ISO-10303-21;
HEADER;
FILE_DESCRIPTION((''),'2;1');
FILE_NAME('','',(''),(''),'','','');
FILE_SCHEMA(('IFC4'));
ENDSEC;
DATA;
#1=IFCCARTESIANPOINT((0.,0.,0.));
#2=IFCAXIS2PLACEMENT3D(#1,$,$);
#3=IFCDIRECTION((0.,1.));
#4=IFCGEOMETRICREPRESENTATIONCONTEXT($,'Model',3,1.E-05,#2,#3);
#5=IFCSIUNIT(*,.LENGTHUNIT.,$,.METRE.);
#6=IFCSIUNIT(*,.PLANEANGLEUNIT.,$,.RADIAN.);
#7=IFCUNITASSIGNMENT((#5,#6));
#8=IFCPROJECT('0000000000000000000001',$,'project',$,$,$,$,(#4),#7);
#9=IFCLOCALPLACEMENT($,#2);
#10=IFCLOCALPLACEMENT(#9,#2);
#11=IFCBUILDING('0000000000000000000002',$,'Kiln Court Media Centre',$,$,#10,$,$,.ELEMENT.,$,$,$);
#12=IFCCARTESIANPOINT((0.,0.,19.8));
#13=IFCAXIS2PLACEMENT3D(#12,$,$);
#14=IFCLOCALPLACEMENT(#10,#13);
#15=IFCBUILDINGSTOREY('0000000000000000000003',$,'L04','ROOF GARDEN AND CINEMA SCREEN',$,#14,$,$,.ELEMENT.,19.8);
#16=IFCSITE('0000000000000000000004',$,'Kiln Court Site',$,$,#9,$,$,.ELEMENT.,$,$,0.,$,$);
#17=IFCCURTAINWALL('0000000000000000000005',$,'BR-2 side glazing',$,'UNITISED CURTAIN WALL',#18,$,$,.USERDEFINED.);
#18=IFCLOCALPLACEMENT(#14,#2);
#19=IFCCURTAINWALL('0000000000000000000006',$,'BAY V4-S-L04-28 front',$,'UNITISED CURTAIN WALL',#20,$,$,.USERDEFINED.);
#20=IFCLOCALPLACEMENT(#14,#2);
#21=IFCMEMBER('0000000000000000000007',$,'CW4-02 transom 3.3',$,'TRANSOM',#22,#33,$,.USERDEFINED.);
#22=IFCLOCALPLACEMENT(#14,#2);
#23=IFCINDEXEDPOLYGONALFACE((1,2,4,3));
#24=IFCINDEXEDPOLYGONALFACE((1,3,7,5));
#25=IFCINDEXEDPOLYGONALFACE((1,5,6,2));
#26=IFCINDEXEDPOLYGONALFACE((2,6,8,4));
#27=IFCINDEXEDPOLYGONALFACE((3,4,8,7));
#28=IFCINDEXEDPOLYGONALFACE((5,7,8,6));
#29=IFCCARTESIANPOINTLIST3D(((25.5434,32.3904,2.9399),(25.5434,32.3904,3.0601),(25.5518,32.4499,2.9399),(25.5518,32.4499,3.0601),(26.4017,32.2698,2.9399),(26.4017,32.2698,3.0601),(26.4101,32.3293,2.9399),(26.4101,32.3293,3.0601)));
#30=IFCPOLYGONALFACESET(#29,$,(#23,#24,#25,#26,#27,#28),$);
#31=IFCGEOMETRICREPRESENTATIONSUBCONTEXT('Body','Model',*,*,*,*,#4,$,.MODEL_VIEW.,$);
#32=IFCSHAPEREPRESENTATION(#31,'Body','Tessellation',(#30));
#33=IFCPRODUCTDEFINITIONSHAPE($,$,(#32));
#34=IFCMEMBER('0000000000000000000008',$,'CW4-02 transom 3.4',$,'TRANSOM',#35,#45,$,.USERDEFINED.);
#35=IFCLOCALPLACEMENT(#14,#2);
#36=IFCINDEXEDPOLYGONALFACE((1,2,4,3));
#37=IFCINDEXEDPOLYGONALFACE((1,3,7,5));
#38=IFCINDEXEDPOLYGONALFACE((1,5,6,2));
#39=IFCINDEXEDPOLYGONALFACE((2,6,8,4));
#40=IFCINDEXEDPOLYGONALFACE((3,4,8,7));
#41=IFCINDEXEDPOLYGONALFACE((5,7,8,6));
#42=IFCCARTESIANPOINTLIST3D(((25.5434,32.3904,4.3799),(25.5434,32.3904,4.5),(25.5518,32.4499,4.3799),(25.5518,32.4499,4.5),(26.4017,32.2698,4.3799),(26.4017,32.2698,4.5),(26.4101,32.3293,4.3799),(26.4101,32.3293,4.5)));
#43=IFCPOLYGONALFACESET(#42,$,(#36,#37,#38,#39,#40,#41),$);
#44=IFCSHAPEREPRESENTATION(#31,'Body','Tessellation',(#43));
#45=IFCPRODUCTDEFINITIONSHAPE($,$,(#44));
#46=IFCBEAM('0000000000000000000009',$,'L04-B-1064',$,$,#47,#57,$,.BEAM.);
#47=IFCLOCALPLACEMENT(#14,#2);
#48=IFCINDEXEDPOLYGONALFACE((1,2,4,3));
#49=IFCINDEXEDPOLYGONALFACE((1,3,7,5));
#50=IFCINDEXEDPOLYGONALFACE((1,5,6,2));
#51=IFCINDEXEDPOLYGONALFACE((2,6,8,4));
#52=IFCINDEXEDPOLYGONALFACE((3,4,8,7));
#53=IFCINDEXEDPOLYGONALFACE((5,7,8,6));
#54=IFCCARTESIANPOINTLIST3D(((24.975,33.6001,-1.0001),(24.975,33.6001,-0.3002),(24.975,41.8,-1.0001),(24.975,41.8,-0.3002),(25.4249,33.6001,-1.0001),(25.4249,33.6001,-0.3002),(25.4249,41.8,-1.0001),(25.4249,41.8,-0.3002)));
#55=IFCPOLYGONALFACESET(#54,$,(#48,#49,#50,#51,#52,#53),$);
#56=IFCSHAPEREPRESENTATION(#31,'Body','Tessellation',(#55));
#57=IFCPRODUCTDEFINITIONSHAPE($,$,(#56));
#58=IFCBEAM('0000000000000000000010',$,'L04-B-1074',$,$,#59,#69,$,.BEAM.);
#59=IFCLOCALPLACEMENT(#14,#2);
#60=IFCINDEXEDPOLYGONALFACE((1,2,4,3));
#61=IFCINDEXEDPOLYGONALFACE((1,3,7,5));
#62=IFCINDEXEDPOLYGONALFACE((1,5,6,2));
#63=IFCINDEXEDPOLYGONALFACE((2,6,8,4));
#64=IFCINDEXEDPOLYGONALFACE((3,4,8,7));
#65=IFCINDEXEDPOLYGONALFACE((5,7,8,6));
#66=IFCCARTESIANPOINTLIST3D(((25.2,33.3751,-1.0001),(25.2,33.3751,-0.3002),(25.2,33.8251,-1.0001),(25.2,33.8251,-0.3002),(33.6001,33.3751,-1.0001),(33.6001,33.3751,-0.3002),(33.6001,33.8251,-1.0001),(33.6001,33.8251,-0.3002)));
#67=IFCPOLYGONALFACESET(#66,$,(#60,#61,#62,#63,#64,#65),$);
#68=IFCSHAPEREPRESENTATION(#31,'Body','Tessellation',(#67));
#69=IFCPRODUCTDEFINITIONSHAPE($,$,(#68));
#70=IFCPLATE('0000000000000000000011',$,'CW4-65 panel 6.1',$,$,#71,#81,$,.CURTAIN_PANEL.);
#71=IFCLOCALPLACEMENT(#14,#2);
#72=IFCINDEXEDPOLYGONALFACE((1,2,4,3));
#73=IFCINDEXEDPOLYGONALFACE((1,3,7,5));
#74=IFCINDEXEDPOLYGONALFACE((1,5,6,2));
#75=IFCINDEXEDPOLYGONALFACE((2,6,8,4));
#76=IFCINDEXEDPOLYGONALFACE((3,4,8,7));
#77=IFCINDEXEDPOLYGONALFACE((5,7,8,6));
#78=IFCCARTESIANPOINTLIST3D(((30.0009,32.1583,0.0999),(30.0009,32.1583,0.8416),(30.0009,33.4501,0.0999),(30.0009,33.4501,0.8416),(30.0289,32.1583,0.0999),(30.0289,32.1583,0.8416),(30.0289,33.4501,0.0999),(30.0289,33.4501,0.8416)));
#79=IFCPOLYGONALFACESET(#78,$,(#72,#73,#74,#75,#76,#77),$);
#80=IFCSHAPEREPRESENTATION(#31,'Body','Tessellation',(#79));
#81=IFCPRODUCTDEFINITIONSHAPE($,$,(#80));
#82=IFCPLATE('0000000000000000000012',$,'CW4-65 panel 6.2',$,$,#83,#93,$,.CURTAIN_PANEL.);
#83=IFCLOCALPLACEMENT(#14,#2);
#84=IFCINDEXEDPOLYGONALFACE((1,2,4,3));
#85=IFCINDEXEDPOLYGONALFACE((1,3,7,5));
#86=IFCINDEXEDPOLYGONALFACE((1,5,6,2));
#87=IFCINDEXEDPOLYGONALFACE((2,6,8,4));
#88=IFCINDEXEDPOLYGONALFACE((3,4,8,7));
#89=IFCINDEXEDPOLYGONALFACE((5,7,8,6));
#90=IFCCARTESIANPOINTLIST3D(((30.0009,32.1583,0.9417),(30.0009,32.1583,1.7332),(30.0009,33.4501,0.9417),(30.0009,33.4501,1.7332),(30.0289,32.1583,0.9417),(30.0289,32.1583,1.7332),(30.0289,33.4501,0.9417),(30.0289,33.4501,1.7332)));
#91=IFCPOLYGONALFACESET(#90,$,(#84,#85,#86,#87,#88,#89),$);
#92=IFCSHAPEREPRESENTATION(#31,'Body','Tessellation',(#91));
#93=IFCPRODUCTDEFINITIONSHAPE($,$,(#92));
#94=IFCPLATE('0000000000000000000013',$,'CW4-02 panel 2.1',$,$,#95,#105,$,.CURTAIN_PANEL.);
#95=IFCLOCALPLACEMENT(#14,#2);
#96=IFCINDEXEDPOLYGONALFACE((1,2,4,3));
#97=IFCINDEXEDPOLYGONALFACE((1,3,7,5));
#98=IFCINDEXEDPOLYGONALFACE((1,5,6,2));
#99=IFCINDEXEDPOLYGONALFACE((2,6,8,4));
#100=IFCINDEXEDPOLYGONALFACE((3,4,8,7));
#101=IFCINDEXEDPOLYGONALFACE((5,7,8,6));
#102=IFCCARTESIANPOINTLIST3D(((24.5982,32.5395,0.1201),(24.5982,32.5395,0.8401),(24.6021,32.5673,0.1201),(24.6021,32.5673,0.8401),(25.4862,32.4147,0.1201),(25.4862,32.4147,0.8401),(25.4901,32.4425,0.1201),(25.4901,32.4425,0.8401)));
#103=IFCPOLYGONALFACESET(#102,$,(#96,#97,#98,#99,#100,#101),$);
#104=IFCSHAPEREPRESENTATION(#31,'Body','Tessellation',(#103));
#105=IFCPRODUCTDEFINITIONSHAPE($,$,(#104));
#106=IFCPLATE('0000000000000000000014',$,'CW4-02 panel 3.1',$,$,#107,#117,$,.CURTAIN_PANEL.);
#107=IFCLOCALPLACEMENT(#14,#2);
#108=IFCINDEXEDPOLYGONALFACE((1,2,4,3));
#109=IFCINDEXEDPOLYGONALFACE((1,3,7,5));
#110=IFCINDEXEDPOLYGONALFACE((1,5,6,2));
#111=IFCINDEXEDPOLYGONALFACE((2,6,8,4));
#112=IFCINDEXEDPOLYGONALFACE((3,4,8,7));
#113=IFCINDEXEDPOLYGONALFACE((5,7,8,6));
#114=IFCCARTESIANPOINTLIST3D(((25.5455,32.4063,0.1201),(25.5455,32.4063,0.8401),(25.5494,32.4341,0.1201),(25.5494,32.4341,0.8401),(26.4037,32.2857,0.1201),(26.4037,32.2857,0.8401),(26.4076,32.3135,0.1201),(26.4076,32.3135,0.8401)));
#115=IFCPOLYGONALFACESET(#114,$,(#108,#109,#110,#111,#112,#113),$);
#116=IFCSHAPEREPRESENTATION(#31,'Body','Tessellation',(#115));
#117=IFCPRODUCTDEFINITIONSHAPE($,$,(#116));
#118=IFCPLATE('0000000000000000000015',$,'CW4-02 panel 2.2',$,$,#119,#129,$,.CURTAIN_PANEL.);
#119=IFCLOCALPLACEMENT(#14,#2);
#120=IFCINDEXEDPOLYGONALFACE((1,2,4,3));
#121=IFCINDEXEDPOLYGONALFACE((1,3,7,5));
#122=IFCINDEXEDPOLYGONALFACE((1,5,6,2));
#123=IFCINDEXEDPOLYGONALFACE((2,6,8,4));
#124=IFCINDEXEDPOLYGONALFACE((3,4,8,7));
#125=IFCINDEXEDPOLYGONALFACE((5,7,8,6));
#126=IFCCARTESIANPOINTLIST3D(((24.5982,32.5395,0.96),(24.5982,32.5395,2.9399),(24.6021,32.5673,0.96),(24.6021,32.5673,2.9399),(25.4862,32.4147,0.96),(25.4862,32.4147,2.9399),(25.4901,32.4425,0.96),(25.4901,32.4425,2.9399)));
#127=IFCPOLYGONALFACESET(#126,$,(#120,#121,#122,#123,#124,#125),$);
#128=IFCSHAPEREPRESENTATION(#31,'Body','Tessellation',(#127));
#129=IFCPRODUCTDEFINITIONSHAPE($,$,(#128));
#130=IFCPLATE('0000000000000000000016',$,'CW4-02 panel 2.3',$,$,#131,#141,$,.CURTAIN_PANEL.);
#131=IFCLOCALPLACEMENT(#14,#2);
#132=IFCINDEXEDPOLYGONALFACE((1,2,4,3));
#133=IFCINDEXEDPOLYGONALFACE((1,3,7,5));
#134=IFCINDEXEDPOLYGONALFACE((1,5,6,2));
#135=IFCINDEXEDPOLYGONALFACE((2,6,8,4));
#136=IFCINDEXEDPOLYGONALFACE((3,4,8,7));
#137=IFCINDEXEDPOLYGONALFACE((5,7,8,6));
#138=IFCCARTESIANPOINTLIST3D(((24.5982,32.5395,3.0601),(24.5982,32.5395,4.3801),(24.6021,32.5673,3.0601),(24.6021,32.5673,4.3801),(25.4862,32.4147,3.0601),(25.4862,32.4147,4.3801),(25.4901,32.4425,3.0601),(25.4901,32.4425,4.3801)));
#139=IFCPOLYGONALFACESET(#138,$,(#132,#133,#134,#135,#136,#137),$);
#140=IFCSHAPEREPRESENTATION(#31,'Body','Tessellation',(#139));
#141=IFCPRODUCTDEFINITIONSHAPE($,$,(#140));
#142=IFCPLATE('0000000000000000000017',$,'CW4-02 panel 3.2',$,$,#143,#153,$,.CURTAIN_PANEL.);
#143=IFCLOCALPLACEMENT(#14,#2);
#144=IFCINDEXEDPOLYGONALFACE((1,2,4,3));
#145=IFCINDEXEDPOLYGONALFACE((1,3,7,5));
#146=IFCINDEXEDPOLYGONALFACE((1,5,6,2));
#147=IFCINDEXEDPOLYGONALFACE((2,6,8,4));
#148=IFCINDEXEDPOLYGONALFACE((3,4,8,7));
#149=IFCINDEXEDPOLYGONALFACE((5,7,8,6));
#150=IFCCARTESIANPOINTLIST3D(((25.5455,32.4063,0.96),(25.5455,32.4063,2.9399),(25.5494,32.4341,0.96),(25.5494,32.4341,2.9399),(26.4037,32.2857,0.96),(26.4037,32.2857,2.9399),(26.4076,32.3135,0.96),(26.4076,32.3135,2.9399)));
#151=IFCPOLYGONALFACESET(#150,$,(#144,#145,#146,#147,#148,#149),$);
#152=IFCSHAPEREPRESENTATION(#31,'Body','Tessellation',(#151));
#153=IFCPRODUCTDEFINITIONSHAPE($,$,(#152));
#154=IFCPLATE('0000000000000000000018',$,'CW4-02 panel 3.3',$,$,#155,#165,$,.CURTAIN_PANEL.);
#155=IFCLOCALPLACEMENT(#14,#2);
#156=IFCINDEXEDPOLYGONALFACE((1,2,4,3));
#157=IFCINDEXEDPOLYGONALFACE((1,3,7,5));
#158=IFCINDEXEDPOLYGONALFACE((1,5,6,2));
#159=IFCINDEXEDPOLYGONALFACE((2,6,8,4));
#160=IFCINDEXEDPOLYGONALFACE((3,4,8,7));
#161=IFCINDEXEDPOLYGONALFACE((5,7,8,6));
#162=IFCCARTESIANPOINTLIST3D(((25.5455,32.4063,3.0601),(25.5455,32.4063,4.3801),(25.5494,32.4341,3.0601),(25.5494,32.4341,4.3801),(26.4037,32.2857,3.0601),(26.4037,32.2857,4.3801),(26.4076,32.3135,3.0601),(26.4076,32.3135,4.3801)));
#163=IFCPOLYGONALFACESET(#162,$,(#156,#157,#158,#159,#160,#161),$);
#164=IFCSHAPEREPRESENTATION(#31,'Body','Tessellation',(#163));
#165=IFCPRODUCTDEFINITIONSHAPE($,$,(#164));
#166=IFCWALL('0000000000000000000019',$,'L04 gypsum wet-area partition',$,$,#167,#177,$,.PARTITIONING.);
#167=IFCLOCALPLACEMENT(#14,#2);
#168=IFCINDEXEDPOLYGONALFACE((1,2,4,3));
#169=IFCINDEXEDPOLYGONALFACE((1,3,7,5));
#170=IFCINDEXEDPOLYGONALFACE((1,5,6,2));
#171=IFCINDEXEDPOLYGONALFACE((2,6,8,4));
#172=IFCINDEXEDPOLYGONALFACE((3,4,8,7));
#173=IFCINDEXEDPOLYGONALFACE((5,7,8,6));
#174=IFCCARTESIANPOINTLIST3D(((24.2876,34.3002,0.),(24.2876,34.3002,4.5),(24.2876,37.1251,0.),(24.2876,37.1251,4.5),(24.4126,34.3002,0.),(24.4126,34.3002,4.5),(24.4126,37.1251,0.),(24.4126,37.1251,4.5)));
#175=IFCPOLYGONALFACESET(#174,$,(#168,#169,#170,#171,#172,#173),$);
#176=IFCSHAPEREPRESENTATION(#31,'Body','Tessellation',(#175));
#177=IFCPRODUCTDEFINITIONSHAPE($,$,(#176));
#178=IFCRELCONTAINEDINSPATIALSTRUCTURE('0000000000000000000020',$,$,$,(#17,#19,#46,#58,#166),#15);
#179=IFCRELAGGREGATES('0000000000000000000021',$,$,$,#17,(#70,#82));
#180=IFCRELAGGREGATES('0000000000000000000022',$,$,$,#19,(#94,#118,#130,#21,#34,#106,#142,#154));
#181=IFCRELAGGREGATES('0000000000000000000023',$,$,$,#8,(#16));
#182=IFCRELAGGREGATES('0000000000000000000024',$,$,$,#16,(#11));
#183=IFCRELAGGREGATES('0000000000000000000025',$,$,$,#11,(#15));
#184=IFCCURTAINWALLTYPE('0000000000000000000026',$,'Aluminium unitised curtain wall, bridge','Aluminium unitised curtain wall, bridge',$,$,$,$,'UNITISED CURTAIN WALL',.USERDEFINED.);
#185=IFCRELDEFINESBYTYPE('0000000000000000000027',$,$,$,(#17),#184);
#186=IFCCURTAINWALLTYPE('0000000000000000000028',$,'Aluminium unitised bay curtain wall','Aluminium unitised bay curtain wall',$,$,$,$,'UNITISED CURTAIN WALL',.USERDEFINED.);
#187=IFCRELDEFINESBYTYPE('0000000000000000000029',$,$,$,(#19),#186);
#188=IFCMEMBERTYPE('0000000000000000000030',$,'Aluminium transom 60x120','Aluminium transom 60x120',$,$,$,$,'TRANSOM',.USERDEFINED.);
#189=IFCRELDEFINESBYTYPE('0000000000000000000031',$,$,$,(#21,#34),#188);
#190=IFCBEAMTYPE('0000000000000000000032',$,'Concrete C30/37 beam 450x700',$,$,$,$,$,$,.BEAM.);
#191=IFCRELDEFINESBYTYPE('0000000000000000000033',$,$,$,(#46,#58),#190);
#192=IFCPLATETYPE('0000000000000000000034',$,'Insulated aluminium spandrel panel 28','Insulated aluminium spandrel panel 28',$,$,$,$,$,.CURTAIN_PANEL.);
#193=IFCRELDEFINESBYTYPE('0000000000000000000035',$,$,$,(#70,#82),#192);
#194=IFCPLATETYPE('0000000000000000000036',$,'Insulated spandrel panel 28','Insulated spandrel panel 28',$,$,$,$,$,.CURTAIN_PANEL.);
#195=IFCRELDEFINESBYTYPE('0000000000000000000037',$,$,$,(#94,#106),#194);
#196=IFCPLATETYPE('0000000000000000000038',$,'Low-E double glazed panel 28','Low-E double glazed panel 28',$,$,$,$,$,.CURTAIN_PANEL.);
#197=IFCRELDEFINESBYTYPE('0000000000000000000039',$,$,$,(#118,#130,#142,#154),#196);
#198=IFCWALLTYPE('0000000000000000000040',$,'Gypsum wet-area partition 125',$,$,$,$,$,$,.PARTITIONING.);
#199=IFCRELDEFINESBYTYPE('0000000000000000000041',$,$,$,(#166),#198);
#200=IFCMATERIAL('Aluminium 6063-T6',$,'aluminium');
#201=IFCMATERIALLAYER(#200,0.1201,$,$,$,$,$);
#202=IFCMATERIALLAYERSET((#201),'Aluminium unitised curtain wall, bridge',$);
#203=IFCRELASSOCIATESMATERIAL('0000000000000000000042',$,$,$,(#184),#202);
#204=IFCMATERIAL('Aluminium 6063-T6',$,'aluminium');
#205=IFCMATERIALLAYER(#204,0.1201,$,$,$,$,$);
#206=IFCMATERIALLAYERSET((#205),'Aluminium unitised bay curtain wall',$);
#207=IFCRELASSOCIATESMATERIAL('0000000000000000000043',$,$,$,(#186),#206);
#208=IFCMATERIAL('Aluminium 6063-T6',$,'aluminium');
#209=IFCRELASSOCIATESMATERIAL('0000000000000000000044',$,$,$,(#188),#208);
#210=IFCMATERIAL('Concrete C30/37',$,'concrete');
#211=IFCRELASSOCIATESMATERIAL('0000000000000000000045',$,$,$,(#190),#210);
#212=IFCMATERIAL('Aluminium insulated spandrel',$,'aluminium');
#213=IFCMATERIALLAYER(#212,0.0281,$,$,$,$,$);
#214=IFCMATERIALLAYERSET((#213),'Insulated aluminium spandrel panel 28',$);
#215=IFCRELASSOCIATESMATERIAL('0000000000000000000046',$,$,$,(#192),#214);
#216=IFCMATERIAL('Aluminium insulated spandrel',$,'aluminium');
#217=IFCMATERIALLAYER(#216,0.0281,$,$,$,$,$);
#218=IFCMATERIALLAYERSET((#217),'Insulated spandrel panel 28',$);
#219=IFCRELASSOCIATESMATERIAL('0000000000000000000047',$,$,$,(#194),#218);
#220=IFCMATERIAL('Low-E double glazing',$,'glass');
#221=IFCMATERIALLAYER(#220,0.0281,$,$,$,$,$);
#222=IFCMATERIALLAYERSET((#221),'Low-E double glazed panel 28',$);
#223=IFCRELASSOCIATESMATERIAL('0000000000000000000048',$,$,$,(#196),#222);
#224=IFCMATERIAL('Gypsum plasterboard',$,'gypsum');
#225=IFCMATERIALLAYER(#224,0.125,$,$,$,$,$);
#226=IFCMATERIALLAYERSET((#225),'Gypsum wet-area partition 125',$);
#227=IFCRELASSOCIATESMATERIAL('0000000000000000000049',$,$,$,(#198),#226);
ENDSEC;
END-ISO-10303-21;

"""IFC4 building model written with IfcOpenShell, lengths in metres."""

from ifc_helpers import new_model, si_unit, direction, frame, frame_2d, origin, origin_2d, place, context, subcontext, project, spatial, rectangle, extrude, material, layer, layer_set, material_profile, profile_set, type_object, element, aggregate, save


model = new_model("IFC4")

# Units and contexts
model_context = context("Model", 3, precision=1e-05, world=origin(), true_north=direction((0.0, 1.0)))
body_context = subcontext(model_context, "Body", "Model", "MODEL_VIEW")
ifc_project = project(units=[si_unit("LENGTHUNIT", "METRE"), si_unit("PLANEANGLEUNIT", "RADIAN")], contexts=[model_context])

# Site, building, storey
site_placement = place(None, origin())
site = spatial("IfcSite", under=ifc_project, at=site_placement, Name="Kiln Court Site", CompositionType="ELEMENT", RefElevation=0.0)
building_placement = place(site_placement, origin())
building = spatial("IfcBuilding", under=site, at=building_placement, Name="Kiln Court Media Centre", CompositionType="ELEMENT")
storey_placement = place(building_placement, frame((0.0, 0.0, 19.8)))
storey = spatial("IfcBuildingStorey", under=building, at=storey_placement, Name="L04", Description="ROOF GARDEN AND CINEMA SCREEN", CompositionType="ELEMENT", Elevation=19.8)

# Curtain walls, members
ifc_material_1 = material(Name="Aluminium 6063-T6", Category="aluminium")
ifc_layer_1 = layer(ifc_material_1, 0.1201)
ifc_layer_set_1 = layer_set([ifc_layer_1], Name="Aluminium unitised curtain wall, bridge")
curtain_wall_type_1 = type_object("IfcCurtainWallType", Name="Aluminium unitised curtain wall, bridge", Description="Aluminium unitised curtain wall, bridge", ElementType="UNITISED CURTAIN WALL", PredefinedType="USERDEFINED", material=ifc_layer_set_1)
curtain_wall_1_placement = place(storey_placement, origin())
curtain_wall_1 = element("IfcCurtainWall", 1, at=curtain_wall_1_placement, inside=storey, type_object=curtain_wall_type_1, Name="BR-2 side glazing", ObjectType="UNITISED CURTAIN WALL", PredefinedType="USERDEFINED")
ifc_material_2 = material(Name="Aluminium 6063-T6", Category="aluminium")
ifc_layer_2 = layer(ifc_material_2, 0.1201)
ifc_layer_set_2 = layer_set([ifc_layer_2], Name="Aluminium unitised bay curtain wall")
curtain_wall_type_2 = type_object("IfcCurtainWallType", Name="Aluminium unitised bay curtain wall", Description="Aluminium unitised bay curtain wall", ElementType="UNITISED CURTAIN WALL", PredefinedType="USERDEFINED", material=ifc_layer_set_2)
curtain_wall_2_placement = place(storey_placement, origin())
curtain_wall_2 = element("IfcCurtainWall", 2, at=curtain_wall_2_placement, inside=storey, type_object=curtain_wall_type_2, Name="BAY V4-S-L04-28 front", ObjectType="UNITISED CURTAIN WALL", PredefinedType="USERDEFINED")
ifc_material_3 = material(Name="Aluminium 6063-T6", Category="aluminium")
ifc_material_profile_1 = material_profile(ifc_material_3, rectangle(XDim=0.0601, YDim=0.1201, at=origin_2d()), Name="Aluminium transom 60x120")
ifc_profile_set_1 = profile_set([ifc_material_profile_1], Name="Aluminium 6063-T6")
member_type_1 = type_object("IfcMemberType", Name="Aluminium transom 60x120", Description="Aluminium transom 60x120", ElementType="TRANSOM", PredefinedType="USERDEFINED", material=ifc_profile_set_1)
member_1_placement = place(storey_placement, frame((25.5476, 32.4202, 3.0), z_axis=(0.990268, -0.139173, 0.0), x_axis=(0.139173, 0.990268, 0.0)))
member_1 = element("IfcMember", 3, at=member_1_placement, type_object=member_type_1, Name="CW4-02 transom 3.3", ObjectType="TRANSOM", PredefinedType="USERDEFINED", context=body_context, shape_type="SweptSolid", body=[
    extrude(rectangle(XDim=0.0601, YDim=0.1201, at=origin_2d()), origin(), (0.0, 0.0, 1.0), 0.8667),
])
member_2_placement = place(storey_placement, frame((25.5476, 32.4202, 4.4399), z_axis=(0.990268, -0.139173, 0.0), x_axis=(0.139173, 0.990268, 0.0)))
member_2 = element("IfcMember", 4, at=member_2_placement, type_object=member_type_1, Name="CW4-02 transom 3.4", ObjectType="TRANSOM", PredefinedType="USERDEFINED", context=body_context, shape_type="SweptSolid", body=[
    extrude(rectangle(XDim=0.0601, YDim=0.1201, at=origin_2d()), origin(), (0.0, 0.0, 1.0), 0.8667),
])

# Beams
ifc_material_4 = material(Name="Concrete C30/37", Category="concrete")
ifc_material_profile_2 = material_profile(ifc_material_4, rectangle(XDim=0.45, YDim=0.7, at=origin_2d()), Name="RC 450x700")
ifc_profile_set_2 = profile_set([ifc_material_profile_2], Name="Concrete C30/37")
beam_type = type_object("IfcBeamType", Name="Concrete C30/37 beam 450x700", PredefinedType="BEAM", material=ifc_profile_set_2)
beam_1_placement = place(storey_placement, frame((25.2, 33.6001, -0.6501), z_axis=(0.0, 1.0, 0.0), x_axis=(-1.0, 0.0, 0.0)))
element("IfcBeam", 5, at=beam_1_placement, inside=storey, type_object=beam_type, Name="L04-B-1064", PredefinedType="BEAM", context=body_context, shape_type="SweptSolid", body=[
    extrude(rectangle(XDim=0.45, YDim=0.7, at=origin_2d()), origin(), (0.0, 0.0, 1.0), 8.2),
])
beam_2_placement = place(storey_placement, frame((25.2, 33.6001, -0.6501), z_axis=(1.0, 0.0, 0.0), x_axis=(0.0, 1.0, 0.0)))
element("IfcBeam", 6, at=beam_2_placement, inside=storey, type_object=beam_type, Name="L04-B-1074", PredefinedType="BEAM", context=body_context, shape_type="SweptSolid", body=[
    extrude(rectangle(XDim=0.45, YDim=0.7, at=origin_2d()), origin(), (0.0, 0.0, 1.0), 8.4001),
])

# Plates
ifc_material_5 = material(Name="Aluminium insulated spandrel", Category="aluminium")
ifc_layer_3 = layer(ifc_material_5, 0.0281)
ifc_layer_set_3 = layer_set([ifc_layer_3], Name="Insulated aluminium spandrel panel 28")
plate_type_1 = type_object("IfcPlateType", Name="Insulated aluminium spandrel panel 28", Description="Insulated aluminium spandrel panel 28", PredefinedType="CURTAIN_PANEL", material=ifc_layer_set_3)
plate_1_placement = place(storey_placement, frame((30.0149, 32.8042, 0.0999), z_axis=(0.0, 0.0, 1.0), x_axis=(0.0, 1.0, 0.0)))
plate_1 = element("IfcPlate", 7, at=plate_1_placement, type_object=plate_type_1, Name="CW4-65 panel 6.1", PredefinedType="CURTAIN_PANEL", context=body_context, shape_type="SweptSolid", body=[
    extrude(rectangle(XDim=1.2917, YDim=0.0281, at=origin_2d()), origin(), (0.0, 0.0, 1.0), 0.7417),
])
plate_2_placement = place(storey_placement, frame((30.0149, 32.8042, 0.9417), z_axis=(0.0, 0.0, 1.0), x_axis=(0.0, 1.0, 0.0)))
plate_2 = element("IfcPlate", 8, at=plate_2_placement, type_object=plate_type_1, Name="CW4-65 panel 6.2", PredefinedType="CURTAIN_PANEL", context=body_context, shape_type="SweptSolid", body=[
    extrude(rectangle(XDim=1.2917, YDim=0.0281, at=origin_2d()), origin(), (0.0, 0.0, 1.0), 0.7915),
])
aggregate(curtain_wall_1, [plate_1, plate_2])
ifc_material_6 = material(Name="Aluminium insulated spandrel", Category="aluminium")
ifc_layer_4 = layer(ifc_material_6, 0.0281)
ifc_layer_set_4 = layer_set([ifc_layer_4], Name="Insulated spandrel panel 28")
plate_type_2 = type_object("IfcPlateType", Name="Insulated spandrel panel 28", Description="Insulated spandrel panel 28", PredefinedType="CURTAIN_PANEL", material=ifc_layer_set_4)
plate_3_placement = place(storey_placement, frame((25.0442, 32.491, 0.1201), z_axis=(0.0, 0.0, 1.0), x_axis=(0.99027, -0.139162, 0.0)))
plate_3 = element("IfcPlate", 9, at=plate_3_placement, type_object=plate_type_2, Name="CW4-02 panel 2.1", PredefinedType="CURTAIN_PANEL", context=body_context, shape_type="SweptSolid", body=[
    extrude(rectangle(XDim=0.8967, YDim=0.0281, at=origin_2d()), origin(), (0.0, 0.0, 1.0), 0.72),
])
plate_4_placement = place(storey_placement, frame((25.9766, 32.3599, 0.1201), z_axis=(0.0, 0.0, 1.0), x_axis=(0.99027, -0.139162, 0.0)))
plate_4 = element("IfcPlate", 10, at=plate_4_placement, type_object=plate_type_2, Name="CW4-02 panel 3.1", PredefinedType="CURTAIN_PANEL", context=body_context, shape_type="SweptSolid", body=[
    extrude(rectangle(XDim=0.8667, YDim=0.0281, at=origin_2d()), origin(), (0.0, 0.0, 1.0), 0.72),
])
ifc_material_7 = material(Name="Low-E double glazing", Category="glass")
ifc_layer_5 = layer(ifc_material_7, 0.0281)
ifc_layer_set_5 = layer_set([ifc_layer_5], Name="Low-E double glazed panel 28")
plate_type_3 = type_object("IfcPlateType", Name="Low-E double glazed panel 28", Description="Low-E double glazed panel 28", PredefinedType="CURTAIN_PANEL", material=ifc_layer_set_5)
plate_5_placement = place(storey_placement, frame((25.0442, 32.491, 0.96), z_axis=(0.0, 0.0, 1.0), x_axis=(0.99027, -0.139162, 0.0)))
plate_5 = element("IfcPlate", 11, at=plate_5_placement, type_object=plate_type_3, Name="CW4-02 panel 2.2", PredefinedType="CURTAIN_PANEL", context=body_context, shape_type="SweptSolid", body=[
    extrude(rectangle(XDim=0.8967, YDim=0.0281, at=origin_2d()), origin(), (0.0, 0.0, 1.0), 1.98),
])
plate_6_placement = place(storey_placement, frame((25.0442, 32.491, 3.0601), z_axis=(0.0, 0.0, 1.0), x_axis=(0.99027, -0.139162, 0.0)))
plate_6 = element("IfcPlate", 12, at=plate_6_placement, type_object=plate_type_3, Name="CW4-02 panel 2.3", PredefinedType="CURTAIN_PANEL", context=body_context, shape_type="SweptSolid", body=[
    extrude(rectangle(XDim=0.8967, YDim=0.0281, at=origin_2d()), origin(), (0.0, 0.0, 1.0), 1.3201),
])
plate_7_placement = place(storey_placement, frame((25.9766, 32.3599, 0.96), z_axis=(0.0, 0.0, 1.0), x_axis=(0.99027, -0.139162, 0.0)))
plate_7 = element("IfcPlate", 13, at=plate_7_placement, type_object=plate_type_3, Name="CW4-02 panel 3.2", PredefinedType="CURTAIN_PANEL", context=body_context, shape_type="SweptSolid", body=[
    extrude(rectangle(XDim=0.8667, YDim=0.0281, at=origin_2d()), origin(), (0.0, 0.0, 1.0), 1.98),
])
plate_8_placement = place(storey_placement, frame((25.9766, 32.3599, 3.0601), z_axis=(0.0, 0.0, 1.0), x_axis=(0.99027, -0.139162, 0.0)))
plate_8 = element("IfcPlate", 14, at=plate_8_placement, type_object=plate_type_3, Name="CW4-02 panel 3.3", PredefinedType="CURTAIN_PANEL", context=body_context, shape_type="SweptSolid", body=[
    extrude(rectangle(XDim=0.8667, YDim=0.0281, at=origin_2d()), origin(), (0.0, 0.0, 1.0), 1.3201),
])
aggregate(curtain_wall_2, [plate_3, plate_5, plate_6, member_1, member_2, plate_4, plate_7, plate_8])

# Wall
ifc_material_8 = material(Name="Gypsum plasterboard", Category="gypsum")
ifc_layer_6 = layer(ifc_material_8, 0.125)
ifc_layer_set_6 = layer_set([ifc_layer_6], Name="Gypsum wet-area partition 125")
wall_type = type_object("IfcWallType", Name="Gypsum wet-area partition 125", PredefinedType="PARTITIONING", material=ifc_layer_set_6)
wall_placement = place(storey_placement, frame((24.3501, 34.3, 0.0), z_axis=(0.0, 0.0, 1.0), x_axis=(0.0, 1.0, 0.0)))
element("IfcWall", 15, at=wall_placement, inside=storey, type_object=wall_type, Name="L04 gypsum wet-area partition", PredefinedType="PARTITIONING", context=body_context, shape_type="SweptSolid", body=[
    extrude(rectangle(XDim=2.825, YDim=0.125, at=frame_2d((1.4126, 0.0))), origin(), (0.0, 0.0, 1.0), 4.5),
])

save(model, "model.ifc")
